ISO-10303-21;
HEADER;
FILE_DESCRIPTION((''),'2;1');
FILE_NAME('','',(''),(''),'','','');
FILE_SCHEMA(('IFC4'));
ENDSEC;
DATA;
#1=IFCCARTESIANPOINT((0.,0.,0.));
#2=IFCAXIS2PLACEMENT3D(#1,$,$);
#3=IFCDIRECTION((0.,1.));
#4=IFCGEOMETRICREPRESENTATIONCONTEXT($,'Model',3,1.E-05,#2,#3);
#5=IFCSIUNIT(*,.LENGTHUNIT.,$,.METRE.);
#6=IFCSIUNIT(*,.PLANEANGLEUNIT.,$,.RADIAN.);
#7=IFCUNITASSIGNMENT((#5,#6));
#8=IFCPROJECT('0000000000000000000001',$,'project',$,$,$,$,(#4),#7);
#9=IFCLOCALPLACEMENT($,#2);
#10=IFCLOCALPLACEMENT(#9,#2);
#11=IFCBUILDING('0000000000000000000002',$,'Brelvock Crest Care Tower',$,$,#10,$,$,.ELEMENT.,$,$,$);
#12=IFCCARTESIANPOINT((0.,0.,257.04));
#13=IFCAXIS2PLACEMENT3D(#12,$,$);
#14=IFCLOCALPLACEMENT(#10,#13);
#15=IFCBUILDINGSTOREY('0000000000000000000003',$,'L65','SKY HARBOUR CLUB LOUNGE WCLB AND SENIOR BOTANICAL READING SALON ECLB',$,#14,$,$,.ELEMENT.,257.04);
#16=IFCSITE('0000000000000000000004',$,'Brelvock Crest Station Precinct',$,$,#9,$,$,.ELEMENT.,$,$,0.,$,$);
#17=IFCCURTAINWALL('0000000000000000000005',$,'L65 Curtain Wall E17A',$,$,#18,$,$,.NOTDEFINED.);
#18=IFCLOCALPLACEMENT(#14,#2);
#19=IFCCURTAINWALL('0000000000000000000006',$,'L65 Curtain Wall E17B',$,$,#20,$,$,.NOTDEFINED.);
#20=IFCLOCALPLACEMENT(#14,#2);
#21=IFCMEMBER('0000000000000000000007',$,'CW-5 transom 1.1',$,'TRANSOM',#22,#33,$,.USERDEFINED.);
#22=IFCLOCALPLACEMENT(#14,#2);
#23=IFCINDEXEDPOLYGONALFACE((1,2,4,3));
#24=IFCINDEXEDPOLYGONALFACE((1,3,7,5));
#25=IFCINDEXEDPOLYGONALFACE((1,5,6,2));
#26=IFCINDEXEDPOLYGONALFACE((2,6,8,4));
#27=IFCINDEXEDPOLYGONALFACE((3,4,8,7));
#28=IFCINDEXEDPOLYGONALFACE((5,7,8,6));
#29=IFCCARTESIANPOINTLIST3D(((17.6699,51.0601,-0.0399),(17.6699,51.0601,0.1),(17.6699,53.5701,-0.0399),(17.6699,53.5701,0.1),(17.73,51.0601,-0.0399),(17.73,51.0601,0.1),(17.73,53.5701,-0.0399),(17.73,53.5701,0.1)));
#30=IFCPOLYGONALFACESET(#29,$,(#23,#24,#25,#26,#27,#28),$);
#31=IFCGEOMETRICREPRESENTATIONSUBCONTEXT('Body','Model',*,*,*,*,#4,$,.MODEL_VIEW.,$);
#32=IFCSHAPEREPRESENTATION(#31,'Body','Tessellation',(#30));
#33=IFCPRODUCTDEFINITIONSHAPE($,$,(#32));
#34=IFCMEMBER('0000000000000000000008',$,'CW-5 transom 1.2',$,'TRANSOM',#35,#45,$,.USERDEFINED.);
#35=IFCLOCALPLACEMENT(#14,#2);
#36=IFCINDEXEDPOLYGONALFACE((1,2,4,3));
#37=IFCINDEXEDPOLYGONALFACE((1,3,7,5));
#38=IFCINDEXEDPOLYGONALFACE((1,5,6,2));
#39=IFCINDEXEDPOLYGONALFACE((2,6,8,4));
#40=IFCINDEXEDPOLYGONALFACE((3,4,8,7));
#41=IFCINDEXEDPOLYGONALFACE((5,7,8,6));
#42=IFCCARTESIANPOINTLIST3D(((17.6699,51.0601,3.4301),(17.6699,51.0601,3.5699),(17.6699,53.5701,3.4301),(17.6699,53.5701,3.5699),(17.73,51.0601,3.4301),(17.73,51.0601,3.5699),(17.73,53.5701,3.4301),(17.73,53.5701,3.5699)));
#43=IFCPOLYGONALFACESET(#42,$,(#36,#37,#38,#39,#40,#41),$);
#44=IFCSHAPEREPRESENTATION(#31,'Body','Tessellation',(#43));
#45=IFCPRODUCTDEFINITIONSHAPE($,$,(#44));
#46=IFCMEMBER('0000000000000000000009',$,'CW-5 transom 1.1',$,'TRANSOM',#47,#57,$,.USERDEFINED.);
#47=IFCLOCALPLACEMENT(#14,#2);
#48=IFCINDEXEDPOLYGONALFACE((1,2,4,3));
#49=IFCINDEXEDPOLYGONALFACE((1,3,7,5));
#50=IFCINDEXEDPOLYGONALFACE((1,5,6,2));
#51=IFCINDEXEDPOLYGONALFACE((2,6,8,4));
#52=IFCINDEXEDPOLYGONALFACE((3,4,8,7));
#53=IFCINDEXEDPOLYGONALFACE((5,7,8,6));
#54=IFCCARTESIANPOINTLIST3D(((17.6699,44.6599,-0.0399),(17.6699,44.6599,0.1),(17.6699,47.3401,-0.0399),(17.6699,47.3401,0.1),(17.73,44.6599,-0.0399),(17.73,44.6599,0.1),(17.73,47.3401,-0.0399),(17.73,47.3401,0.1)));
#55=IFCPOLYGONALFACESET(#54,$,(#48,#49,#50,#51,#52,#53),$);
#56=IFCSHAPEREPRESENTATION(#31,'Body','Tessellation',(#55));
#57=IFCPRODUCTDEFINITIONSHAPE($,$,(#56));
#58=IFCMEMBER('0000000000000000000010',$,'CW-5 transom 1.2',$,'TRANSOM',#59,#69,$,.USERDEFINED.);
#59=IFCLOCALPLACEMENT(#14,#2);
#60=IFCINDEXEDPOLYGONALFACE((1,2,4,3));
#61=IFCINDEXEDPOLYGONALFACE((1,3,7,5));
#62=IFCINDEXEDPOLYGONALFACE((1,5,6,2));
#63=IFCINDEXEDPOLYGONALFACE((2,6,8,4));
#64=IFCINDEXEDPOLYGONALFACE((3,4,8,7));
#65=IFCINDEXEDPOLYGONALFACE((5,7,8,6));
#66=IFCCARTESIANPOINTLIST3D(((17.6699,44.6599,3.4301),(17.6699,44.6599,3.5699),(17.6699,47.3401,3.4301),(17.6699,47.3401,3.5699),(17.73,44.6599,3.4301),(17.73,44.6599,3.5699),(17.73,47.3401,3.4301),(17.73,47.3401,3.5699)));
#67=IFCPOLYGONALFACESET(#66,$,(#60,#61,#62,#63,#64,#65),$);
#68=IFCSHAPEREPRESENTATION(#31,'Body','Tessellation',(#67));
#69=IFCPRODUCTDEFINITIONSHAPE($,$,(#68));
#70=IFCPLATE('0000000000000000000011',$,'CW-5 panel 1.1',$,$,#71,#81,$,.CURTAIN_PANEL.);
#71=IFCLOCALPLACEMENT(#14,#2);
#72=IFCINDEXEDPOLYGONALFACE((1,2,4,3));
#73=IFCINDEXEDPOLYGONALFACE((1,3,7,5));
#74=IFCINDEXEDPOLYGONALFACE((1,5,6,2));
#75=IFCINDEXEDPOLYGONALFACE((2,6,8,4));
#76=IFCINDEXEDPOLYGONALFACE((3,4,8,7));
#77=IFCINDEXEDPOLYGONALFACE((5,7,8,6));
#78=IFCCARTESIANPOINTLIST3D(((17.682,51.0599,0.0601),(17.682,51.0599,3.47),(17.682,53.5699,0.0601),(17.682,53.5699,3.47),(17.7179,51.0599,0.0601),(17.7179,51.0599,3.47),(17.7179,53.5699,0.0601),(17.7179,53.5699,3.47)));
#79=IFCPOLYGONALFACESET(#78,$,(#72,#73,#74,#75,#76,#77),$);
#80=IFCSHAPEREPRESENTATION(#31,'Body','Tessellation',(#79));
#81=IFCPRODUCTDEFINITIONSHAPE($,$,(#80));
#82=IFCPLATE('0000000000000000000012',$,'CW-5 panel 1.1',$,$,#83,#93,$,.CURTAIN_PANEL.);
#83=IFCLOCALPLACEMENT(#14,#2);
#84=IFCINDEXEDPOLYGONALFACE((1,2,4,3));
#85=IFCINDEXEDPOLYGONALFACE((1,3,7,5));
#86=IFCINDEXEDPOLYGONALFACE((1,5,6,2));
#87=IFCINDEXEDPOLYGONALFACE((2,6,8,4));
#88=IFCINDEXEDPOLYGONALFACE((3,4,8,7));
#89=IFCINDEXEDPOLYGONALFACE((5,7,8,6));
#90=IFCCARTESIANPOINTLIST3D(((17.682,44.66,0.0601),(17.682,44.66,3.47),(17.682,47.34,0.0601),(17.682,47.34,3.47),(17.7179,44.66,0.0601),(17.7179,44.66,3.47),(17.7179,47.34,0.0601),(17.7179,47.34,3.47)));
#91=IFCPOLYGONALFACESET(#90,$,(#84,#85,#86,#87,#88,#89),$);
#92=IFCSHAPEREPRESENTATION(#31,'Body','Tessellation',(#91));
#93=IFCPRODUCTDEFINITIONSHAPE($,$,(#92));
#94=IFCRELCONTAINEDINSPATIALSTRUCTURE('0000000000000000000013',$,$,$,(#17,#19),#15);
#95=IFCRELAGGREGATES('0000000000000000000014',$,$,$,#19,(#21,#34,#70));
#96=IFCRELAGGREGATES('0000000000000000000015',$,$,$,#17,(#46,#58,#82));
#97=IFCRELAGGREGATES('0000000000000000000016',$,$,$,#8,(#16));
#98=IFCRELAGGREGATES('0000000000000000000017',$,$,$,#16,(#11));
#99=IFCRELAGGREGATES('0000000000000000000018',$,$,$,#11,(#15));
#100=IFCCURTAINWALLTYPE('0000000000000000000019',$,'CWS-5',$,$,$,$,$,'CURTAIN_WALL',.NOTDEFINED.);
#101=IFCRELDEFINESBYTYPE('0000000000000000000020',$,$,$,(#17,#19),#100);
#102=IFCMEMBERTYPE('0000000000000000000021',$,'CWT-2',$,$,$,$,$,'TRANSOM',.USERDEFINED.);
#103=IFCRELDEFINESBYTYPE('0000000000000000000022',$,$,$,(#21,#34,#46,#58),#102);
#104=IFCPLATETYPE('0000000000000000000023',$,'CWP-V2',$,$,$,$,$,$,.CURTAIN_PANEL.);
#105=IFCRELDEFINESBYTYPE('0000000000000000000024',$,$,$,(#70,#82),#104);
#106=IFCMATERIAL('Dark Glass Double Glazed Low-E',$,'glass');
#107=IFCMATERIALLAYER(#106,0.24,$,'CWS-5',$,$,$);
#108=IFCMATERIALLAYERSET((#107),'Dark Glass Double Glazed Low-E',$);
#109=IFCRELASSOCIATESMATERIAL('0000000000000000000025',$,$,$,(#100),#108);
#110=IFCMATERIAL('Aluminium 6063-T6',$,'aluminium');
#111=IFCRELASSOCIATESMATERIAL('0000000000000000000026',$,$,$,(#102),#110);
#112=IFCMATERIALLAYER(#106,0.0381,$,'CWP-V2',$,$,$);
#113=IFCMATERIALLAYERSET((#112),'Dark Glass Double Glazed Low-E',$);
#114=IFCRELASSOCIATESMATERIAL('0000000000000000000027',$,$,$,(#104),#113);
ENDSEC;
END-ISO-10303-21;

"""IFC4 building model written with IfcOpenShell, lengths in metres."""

from ifc_helpers import new_model, si_unit, direction, frame, origin, origin_2d, place, context, subcontext, project, spatial, rectangle, extrude, source, transform, mapped, material, layer, layer_set, material_profile, profile_set, type_object, element, aggregate, save


model = new_model("IFC4")

# Units and contexts
model_context = context("Model", 3, precision=1e-05, world=origin(), true_north=direction((0.0, 1.0)))
body_context = subcontext(model_context, "Body", "Model", "MODEL_VIEW")
ifc_project = project(units=[si_unit("LENGTHUNIT", "METRE"), si_unit("PLANEANGLEUNIT", "RADIAN")], contexts=[model_context])

# Site, building, storey
site_placement = place(None, origin())
site = spatial("IfcSite", under=ifc_project, at=site_placement, Name="Brelvock Crest Station Precinct", CompositionType="ELEMENT", RefElevation=0.0)
building_placement = place(site_placement, origin())
building = spatial("IfcBuilding", under=site, at=building_placement, Name="Brelvock Crest Care Tower", CompositionType="ELEMENT")
storey_placement = place(building_placement, frame((0.0, 0.0, 257.04)))
storey = spatial("IfcBuildingStorey", under=building, at=storey_placement, Name="L65", Description="SKY HARBOUR CLUB LOUNGE WCLB AND SENIOR BOTANICAL READING SALON ECLB", CompositionType="ELEMENT", Elevation=257.04)

# Curtain walls, members
ifc_material_1 = material(Name="Dark Glass Double Glazed Low-E", Category="glass")
ifc_layer_1 = layer(ifc_material_1, 0.24, Name="CWS-5")
ifc_layer_set_1 = layer_set([ifc_layer_1], Name="Dark Glass Double Glazed Low-E")
curtain_wall_type = type_object("IfcCurtainWallType", Name="CWS-5", ElementType="CURTAIN_WALL", PredefinedType="NOTDEFINED", material=ifc_layer_set_1)
curtain_wall_1_placement = place(storey_placement, origin())
curtain_wall_1 = element("IfcCurtainWall", 1, at=curtain_wall_1_placement, inside=storey, type_object=curtain_wall_type, Name="L65 Curtain Wall E17A", PredefinedType="NOTDEFINED")
ifc_material_2 = material(Name="Aluminium 6063-T6", Category="aluminium")
curtain_wall_2_placement = place(storey_placement, origin())
curtain_wall_2 = element("IfcCurtainWall", 2, at=curtain_wall_2_placement, inside=storey, type_object=curtain_wall_type, Name="L65 Curtain Wall E17B", PredefinedType="NOTDEFINED")
ifc_material_profile_1 = material_profile(ifc_material_2, rectangle(XDim=0.0601, YDim=0.1399, at=origin_2d()), Name="ALU60x140")
ifc_profile_set_1 = profile_set([ifc_material_profile_1], Name="Aluminium 6063-T6")
member_type_1 = type_object("IfcMemberType", Name="CWT-2", ElementType="TRANSOM", PredefinedType="USERDEFINED", material=ifc_profile_set_1)
shared_shape_1 = source(origin(), body_context, "Body", "SweptSolid", [
    extrude(rectangle(XDim=0.0601, YDim=0.1399, at=origin_2d()), origin(), (0.0, 0.0, 1.0), 2.51),
])
member_1_placement = place(storey_placement, frame((17.7, 51.0601, 0.03), z_axis=(0.0, 1.0, 0.0), x_axis=(-1.0, 0.0, 0.0)))
member_1 = element("IfcMember", 3, at=member_1_placement, type_object=member_type_1, Name="CW-5 transom 1.1", ObjectType="TRANSOM", PredefinedType="USERDEFINED", context=body_context, shape_type="MappedRepresentation", body=[
    mapped(shared_shape_1, transform((0.0, 0.0, 0.0), x_axis=(1.0, 0.0, 0.0), y_axis=(0.0, 1.0, 0.0), z_axis=(0.0, 0.0, 1.0), scale=1.0)),
])
member_2_placement = place(storey_placement, frame((17.7, 51.0601, 3.5), z_axis=(0.0, 1.0, 0.0), x_axis=(-1.0, 0.0, 0.0)))
member_2 = element("IfcMember", 4, at=member_2_placement, type_object=member_type_1, Name="CW-5 transom 1.2", ObjectType="TRANSOM", PredefinedType="USERDEFINED", context=body_context, shape_type="MappedRepresentation", body=[
    mapped(shared_shape_1, transform((0.0, 0.0, 0.0), x_axis=(1.0, 0.0, 0.0), y_axis=(0.0, 1.0, 0.0), z_axis=(0.0, 0.0, 1.0), scale=1.0)),
])

# Members
shared_shape_2 = source(origin(), body_context, "Body", "SweptSolid", [
    extrude(rectangle(XDim=0.0601, YDim=0.1399, at=origin_2d()), origin(), (0.0, 0.0, 1.0), 2.6802),
])
member_3_placement = place(storey_placement, frame((17.7, 44.6599, 0.03), z_axis=(0.0, 1.0, 0.0), x_axis=(-1.0, 0.0, 0.0)))
member_3 = element("IfcMember", 5, at=member_3_placement, type_object=member_type_1, Name="CW-5 transom 1.1", ObjectType="TRANSOM", PredefinedType="USERDEFINED", context=body_context, shape_type="MappedRepresentation", body=[
    mapped(shared_shape_2, transform((0.0, 0.0, 0.0), x_axis=(1.0, 0.0, 0.0), y_axis=(0.0, 1.0, 0.0), z_axis=(0.0, 0.0, 1.0), scale=1.0)),
])
member_4_placement = place(storey_placement, frame((17.7, 44.6599, 3.5), z_axis=(0.0, 1.0, 0.0), x_axis=(-1.0, 0.0, 0.0)))
member_4 = element("IfcMember", 6, at=member_4_placement, type_object=member_type_1, Name="CW-5 transom 1.2", ObjectType="TRANSOM", PredefinedType="USERDEFINED", context=body_context, shape_type="MappedRepresentation", body=[
    mapped(shared_shape_2, transform((0.0, 0.0, 0.0), x_axis=(1.0, 0.0, 0.0), y_axis=(0.0, 1.0, 0.0), z_axis=(0.0, 0.0, 1.0), scale=1.0)),
])

# Plates
ifc_layer_2 = layer(ifc_material_1, 0.0381, Name="CWP-V2")
ifc_layer_set_2 = layer_set([ifc_layer_2], Name="Dark Glass Double Glazed Low-E")
plate_type = type_object("IfcPlateType", Name="CWP-V2", PredefinedType="CURTAIN_PANEL", material=ifc_layer_set_2)
shared_shape_3 = source(origin(), body_context, "Body", "SweptSolid", [
    extrude(rectangle(XDim=2.51, YDim=0.0359, at=origin_2d()), origin(), (0.0, 0.0, 1.0), 3.4099),
])
plate_1_placement = place(storey_placement, frame((17.7, 52.3149, 0.0601), z_axis=(0.0, 0.0, 1.0), x_axis=(0.0, 1.0, 0.0)))
plate_1 = element("IfcPlate", 7, at=plate_1_placement, type_object=plate_type, Name="CW-5 panel 1.1", PredefinedType="CURTAIN_PANEL", context=body_context, shape_type="MappedRepresentation", body=[
    mapped(shared_shape_3, transform((0.0, 0.0, 0.0), x_axis=(1.0, 0.0, 0.0), y_axis=(0.0, 1.0, 0.0), z_axis=(0.0, 0.0, 1.0), scale=1.0)),
])
aggregate(curtain_wall_2, [member_1, member_2, plate_1])
shared_shape_4 = source(origin(), body_context, "Body", "SweptSolid", [
    extrude(rectangle(XDim=2.6799, YDim=0.0359, at=origin_2d()), origin(), (0.0, 0.0, 1.0), 3.4099),
])
plate_2_placement = place(storey_placement, frame((17.7, 46.0, 0.0601), z_axis=(0.0, 0.0, 1.0), x_axis=(0.0, 1.0, 0.0)))
plate_2 = element("IfcPlate", 8, at=plate_2_placement, type_object=plate_type, Name="CW-5 panel 1.1", PredefinedType="CURTAIN_PANEL", context=body_context, shape_type="MappedRepresentation", body=[
    mapped(shared_shape_4, transform((0.0, 0.0, 0.0), x_axis=(1.0, 0.0, 0.0), y_axis=(0.0, 1.0, 0.0), z_axis=(0.0, 0.0, 1.0), scale=1.0)),
])
aggregate(curtain_wall_1, [member_3, member_4, plate_2])

save(model, "model.ifc")
